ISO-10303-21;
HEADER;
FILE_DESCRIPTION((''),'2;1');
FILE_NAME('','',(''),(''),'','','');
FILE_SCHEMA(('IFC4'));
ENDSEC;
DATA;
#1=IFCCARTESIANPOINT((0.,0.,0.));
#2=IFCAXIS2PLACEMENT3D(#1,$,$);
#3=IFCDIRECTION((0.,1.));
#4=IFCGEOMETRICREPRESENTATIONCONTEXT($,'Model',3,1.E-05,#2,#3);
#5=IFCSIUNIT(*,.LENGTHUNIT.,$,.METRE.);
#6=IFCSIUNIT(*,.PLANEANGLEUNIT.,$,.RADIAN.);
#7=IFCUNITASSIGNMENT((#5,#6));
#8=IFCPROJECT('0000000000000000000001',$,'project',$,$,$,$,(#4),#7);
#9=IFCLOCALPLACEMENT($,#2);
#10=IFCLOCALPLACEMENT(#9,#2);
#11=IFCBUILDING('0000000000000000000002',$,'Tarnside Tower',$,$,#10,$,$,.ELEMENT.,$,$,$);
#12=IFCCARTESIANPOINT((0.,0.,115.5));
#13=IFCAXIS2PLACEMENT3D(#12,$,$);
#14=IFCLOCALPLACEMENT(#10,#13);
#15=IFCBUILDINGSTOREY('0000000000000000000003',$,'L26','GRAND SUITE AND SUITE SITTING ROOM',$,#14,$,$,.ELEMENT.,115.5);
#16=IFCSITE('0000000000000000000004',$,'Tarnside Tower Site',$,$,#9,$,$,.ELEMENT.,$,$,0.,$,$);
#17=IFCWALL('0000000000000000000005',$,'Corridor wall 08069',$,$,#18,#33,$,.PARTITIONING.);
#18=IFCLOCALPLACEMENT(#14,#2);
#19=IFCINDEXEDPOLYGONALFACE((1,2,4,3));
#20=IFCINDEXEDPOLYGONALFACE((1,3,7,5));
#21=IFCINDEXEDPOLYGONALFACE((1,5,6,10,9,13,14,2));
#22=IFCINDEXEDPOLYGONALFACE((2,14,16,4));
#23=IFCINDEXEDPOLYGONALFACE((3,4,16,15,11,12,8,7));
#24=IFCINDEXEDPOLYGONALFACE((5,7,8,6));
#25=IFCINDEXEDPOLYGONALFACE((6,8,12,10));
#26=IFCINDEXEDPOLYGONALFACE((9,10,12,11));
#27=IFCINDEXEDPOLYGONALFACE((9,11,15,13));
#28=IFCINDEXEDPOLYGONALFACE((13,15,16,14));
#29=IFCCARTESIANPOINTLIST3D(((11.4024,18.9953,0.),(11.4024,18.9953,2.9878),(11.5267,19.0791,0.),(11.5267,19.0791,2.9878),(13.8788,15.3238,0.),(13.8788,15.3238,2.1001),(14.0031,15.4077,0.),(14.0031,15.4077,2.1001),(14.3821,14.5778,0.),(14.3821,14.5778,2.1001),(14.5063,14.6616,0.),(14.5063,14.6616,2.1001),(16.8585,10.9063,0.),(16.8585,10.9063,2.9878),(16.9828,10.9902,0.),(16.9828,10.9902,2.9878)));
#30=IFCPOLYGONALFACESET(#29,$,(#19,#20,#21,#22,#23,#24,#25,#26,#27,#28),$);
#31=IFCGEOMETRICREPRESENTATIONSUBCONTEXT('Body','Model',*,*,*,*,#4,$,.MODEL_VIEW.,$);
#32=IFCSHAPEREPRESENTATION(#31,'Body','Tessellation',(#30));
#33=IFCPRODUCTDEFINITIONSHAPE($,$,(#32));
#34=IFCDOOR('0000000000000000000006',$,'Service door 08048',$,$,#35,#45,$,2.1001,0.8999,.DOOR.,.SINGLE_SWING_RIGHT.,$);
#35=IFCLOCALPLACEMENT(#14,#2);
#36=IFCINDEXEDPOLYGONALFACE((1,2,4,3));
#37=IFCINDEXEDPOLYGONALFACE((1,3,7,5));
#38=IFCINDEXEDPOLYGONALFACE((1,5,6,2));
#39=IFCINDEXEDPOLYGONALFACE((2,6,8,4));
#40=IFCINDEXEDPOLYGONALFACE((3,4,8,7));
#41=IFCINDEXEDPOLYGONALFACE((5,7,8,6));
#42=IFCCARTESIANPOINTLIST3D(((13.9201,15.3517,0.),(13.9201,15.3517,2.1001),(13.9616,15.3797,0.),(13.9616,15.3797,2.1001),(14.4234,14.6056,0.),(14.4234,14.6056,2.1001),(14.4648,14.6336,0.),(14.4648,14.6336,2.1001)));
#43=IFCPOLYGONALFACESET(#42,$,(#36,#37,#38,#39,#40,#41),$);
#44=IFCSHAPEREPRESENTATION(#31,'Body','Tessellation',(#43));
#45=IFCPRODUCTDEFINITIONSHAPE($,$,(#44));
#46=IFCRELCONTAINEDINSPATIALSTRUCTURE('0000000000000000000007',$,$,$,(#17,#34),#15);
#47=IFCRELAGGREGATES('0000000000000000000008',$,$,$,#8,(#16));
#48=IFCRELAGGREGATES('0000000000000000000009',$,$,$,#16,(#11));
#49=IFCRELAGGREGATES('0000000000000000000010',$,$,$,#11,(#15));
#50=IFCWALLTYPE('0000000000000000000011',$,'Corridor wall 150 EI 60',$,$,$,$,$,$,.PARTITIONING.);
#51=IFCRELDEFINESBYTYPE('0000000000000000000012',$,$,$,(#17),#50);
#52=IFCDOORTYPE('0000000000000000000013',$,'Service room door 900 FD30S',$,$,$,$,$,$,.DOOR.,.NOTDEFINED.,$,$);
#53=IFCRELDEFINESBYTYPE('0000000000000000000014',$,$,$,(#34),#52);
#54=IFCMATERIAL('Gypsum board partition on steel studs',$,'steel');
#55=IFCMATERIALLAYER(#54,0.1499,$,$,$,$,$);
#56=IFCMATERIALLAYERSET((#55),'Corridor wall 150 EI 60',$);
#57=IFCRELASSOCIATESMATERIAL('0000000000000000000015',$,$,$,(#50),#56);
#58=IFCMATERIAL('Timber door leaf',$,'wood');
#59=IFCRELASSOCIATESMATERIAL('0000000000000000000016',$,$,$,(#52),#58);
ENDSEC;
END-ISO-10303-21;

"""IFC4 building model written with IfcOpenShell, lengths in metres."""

from ifc_helpers import new_model, si_unit, direction, frame, frame_2d, origin, place, context, subcontext, project, spatial, rectangle, extrude, material, layer, layer_set, type_object, element, fill, save


model = new_model("IFC4")

# Units and contexts
model_context = context("Model", 3, precision=1e-05, world=origin(), true_north=direction((0.0, 1.0)))
body_context = subcontext(model_context, "Body", "Model", "MODEL_VIEW")
ifc_project = project(units=[si_unit("LENGTHUNIT", "METRE"), si_unit("PLANEANGLEUNIT", "RADIAN")], contexts=[model_context])

# Site, building, storey
site_placement = place(None, origin())
site = spatial("IfcSite", under=ifc_project, at=site_placement, Name="Tarnside Tower Site", CompositionType="ELEMENT", RefElevation=0.0)
building_placement = place(site_placement, origin())
building = spatial("IfcBuilding", under=site, at=building_placement, Name="Tarnside Tower", CompositionType="ELEMENT")
storey_placement = place(building_placement, frame((0.0, 0.0, 115.5)))
storey = spatial("IfcBuildingStorey", under=building, at=storey_placement, Name="L26", Description="GRAND SUITE AND SUITE SITTING ROOM", CompositionType="ELEMENT", Elevation=115.5)

# Shared definitions
ifc_material_1 = material(Name="Gypsum board partition on steel studs", Category="steel")
ifc_layer_1 = layer(ifc_material_1, 0.1499)
ifc_layer_set_1 = layer_set([ifc_layer_1], Name="Corridor wall 150 EI 60")
wall_type_1 = type_object("IfcWallType", Name="Corridor wall 150 EI 60", PredefinedType="PARTITIONING", material=ifc_layer_set_1)

# Shared definitions
ifc_material_2 = material(Name="Timber door leaf", Category="wood")

# Wall, opening, door
wall_1_placement = place(storey_placement, frame((11.4646, 19.0371, 0.0), z_axis=(0.0, 0.0, 1.0), x_axis=(0.559196, -0.829035, 0.0)))
wall_1 = element("IfcWall", 1, at=wall_1_placement, inside=storey, type_object=wall_type_1, Name="Corridor wall 08069", PredefinedType="PARTITIONING", context=body_context, shape_type="SweptSolid", body=[
    extrude(rectangle(XDim=9.7571, YDim=0.1499, at=frame_2d((4.8784, 0.0))), origin(), (0.0, 0.0, 1.0), 2.9878),
])
opening_1_placement = place(wall_1_placement, frame((4.4285, 0.0, 0.0)))
opening_1 = element("IfcOpeningElement", 2, at=opening_1_placement, cuts=wall_1, PredefinedType="OPENING", context=body_context, shape_type="SweptSolid", body=[
    extrude(rectangle(XDim=0.8999, YDim=2.1001, at=frame_2d((0.45, 1.05))), frame((0.0, 0.085, 0.0), z_axis=(0.0, -1.0, 0.0), x_axis=(1.0, 0.0, 0.0)), (0.0, 0.0, 1.0), 0.1699),
])
door_type_1 = type_object("IfcDoorType", Name="Service room door 900 FD30S", OperationType="NOTDEFINED", PredefinedType="DOOR", material=ifc_material_2)
door_1_placement = place(opening_1_placement, origin())
door_1 = element("IfcDoor", 3, at=door_1_placement, inside=storey, type_object=door_type_1, Name="Service door 08048", OperationType="SINGLE_SWING_RIGHT", OverallHeight=2.1001, OverallWidth=0.8999, PredefinedType="DOOR", context=body_context, shape_type="SweptSolid", body=[
    extrude(rectangle(XDim=0.8999, YDim=2.1001, at=frame_2d((0.45, 1.05))), frame((0.0, 0.0249, 0.0), z_axis=(0.0, -1.0, 0.0), x_axis=(1.0, 0.0, 0.0)), (0.0, 0.0, 1.0), 0.05),
])
fill(opening_1, door_1)

save(model, "model.ifc")
